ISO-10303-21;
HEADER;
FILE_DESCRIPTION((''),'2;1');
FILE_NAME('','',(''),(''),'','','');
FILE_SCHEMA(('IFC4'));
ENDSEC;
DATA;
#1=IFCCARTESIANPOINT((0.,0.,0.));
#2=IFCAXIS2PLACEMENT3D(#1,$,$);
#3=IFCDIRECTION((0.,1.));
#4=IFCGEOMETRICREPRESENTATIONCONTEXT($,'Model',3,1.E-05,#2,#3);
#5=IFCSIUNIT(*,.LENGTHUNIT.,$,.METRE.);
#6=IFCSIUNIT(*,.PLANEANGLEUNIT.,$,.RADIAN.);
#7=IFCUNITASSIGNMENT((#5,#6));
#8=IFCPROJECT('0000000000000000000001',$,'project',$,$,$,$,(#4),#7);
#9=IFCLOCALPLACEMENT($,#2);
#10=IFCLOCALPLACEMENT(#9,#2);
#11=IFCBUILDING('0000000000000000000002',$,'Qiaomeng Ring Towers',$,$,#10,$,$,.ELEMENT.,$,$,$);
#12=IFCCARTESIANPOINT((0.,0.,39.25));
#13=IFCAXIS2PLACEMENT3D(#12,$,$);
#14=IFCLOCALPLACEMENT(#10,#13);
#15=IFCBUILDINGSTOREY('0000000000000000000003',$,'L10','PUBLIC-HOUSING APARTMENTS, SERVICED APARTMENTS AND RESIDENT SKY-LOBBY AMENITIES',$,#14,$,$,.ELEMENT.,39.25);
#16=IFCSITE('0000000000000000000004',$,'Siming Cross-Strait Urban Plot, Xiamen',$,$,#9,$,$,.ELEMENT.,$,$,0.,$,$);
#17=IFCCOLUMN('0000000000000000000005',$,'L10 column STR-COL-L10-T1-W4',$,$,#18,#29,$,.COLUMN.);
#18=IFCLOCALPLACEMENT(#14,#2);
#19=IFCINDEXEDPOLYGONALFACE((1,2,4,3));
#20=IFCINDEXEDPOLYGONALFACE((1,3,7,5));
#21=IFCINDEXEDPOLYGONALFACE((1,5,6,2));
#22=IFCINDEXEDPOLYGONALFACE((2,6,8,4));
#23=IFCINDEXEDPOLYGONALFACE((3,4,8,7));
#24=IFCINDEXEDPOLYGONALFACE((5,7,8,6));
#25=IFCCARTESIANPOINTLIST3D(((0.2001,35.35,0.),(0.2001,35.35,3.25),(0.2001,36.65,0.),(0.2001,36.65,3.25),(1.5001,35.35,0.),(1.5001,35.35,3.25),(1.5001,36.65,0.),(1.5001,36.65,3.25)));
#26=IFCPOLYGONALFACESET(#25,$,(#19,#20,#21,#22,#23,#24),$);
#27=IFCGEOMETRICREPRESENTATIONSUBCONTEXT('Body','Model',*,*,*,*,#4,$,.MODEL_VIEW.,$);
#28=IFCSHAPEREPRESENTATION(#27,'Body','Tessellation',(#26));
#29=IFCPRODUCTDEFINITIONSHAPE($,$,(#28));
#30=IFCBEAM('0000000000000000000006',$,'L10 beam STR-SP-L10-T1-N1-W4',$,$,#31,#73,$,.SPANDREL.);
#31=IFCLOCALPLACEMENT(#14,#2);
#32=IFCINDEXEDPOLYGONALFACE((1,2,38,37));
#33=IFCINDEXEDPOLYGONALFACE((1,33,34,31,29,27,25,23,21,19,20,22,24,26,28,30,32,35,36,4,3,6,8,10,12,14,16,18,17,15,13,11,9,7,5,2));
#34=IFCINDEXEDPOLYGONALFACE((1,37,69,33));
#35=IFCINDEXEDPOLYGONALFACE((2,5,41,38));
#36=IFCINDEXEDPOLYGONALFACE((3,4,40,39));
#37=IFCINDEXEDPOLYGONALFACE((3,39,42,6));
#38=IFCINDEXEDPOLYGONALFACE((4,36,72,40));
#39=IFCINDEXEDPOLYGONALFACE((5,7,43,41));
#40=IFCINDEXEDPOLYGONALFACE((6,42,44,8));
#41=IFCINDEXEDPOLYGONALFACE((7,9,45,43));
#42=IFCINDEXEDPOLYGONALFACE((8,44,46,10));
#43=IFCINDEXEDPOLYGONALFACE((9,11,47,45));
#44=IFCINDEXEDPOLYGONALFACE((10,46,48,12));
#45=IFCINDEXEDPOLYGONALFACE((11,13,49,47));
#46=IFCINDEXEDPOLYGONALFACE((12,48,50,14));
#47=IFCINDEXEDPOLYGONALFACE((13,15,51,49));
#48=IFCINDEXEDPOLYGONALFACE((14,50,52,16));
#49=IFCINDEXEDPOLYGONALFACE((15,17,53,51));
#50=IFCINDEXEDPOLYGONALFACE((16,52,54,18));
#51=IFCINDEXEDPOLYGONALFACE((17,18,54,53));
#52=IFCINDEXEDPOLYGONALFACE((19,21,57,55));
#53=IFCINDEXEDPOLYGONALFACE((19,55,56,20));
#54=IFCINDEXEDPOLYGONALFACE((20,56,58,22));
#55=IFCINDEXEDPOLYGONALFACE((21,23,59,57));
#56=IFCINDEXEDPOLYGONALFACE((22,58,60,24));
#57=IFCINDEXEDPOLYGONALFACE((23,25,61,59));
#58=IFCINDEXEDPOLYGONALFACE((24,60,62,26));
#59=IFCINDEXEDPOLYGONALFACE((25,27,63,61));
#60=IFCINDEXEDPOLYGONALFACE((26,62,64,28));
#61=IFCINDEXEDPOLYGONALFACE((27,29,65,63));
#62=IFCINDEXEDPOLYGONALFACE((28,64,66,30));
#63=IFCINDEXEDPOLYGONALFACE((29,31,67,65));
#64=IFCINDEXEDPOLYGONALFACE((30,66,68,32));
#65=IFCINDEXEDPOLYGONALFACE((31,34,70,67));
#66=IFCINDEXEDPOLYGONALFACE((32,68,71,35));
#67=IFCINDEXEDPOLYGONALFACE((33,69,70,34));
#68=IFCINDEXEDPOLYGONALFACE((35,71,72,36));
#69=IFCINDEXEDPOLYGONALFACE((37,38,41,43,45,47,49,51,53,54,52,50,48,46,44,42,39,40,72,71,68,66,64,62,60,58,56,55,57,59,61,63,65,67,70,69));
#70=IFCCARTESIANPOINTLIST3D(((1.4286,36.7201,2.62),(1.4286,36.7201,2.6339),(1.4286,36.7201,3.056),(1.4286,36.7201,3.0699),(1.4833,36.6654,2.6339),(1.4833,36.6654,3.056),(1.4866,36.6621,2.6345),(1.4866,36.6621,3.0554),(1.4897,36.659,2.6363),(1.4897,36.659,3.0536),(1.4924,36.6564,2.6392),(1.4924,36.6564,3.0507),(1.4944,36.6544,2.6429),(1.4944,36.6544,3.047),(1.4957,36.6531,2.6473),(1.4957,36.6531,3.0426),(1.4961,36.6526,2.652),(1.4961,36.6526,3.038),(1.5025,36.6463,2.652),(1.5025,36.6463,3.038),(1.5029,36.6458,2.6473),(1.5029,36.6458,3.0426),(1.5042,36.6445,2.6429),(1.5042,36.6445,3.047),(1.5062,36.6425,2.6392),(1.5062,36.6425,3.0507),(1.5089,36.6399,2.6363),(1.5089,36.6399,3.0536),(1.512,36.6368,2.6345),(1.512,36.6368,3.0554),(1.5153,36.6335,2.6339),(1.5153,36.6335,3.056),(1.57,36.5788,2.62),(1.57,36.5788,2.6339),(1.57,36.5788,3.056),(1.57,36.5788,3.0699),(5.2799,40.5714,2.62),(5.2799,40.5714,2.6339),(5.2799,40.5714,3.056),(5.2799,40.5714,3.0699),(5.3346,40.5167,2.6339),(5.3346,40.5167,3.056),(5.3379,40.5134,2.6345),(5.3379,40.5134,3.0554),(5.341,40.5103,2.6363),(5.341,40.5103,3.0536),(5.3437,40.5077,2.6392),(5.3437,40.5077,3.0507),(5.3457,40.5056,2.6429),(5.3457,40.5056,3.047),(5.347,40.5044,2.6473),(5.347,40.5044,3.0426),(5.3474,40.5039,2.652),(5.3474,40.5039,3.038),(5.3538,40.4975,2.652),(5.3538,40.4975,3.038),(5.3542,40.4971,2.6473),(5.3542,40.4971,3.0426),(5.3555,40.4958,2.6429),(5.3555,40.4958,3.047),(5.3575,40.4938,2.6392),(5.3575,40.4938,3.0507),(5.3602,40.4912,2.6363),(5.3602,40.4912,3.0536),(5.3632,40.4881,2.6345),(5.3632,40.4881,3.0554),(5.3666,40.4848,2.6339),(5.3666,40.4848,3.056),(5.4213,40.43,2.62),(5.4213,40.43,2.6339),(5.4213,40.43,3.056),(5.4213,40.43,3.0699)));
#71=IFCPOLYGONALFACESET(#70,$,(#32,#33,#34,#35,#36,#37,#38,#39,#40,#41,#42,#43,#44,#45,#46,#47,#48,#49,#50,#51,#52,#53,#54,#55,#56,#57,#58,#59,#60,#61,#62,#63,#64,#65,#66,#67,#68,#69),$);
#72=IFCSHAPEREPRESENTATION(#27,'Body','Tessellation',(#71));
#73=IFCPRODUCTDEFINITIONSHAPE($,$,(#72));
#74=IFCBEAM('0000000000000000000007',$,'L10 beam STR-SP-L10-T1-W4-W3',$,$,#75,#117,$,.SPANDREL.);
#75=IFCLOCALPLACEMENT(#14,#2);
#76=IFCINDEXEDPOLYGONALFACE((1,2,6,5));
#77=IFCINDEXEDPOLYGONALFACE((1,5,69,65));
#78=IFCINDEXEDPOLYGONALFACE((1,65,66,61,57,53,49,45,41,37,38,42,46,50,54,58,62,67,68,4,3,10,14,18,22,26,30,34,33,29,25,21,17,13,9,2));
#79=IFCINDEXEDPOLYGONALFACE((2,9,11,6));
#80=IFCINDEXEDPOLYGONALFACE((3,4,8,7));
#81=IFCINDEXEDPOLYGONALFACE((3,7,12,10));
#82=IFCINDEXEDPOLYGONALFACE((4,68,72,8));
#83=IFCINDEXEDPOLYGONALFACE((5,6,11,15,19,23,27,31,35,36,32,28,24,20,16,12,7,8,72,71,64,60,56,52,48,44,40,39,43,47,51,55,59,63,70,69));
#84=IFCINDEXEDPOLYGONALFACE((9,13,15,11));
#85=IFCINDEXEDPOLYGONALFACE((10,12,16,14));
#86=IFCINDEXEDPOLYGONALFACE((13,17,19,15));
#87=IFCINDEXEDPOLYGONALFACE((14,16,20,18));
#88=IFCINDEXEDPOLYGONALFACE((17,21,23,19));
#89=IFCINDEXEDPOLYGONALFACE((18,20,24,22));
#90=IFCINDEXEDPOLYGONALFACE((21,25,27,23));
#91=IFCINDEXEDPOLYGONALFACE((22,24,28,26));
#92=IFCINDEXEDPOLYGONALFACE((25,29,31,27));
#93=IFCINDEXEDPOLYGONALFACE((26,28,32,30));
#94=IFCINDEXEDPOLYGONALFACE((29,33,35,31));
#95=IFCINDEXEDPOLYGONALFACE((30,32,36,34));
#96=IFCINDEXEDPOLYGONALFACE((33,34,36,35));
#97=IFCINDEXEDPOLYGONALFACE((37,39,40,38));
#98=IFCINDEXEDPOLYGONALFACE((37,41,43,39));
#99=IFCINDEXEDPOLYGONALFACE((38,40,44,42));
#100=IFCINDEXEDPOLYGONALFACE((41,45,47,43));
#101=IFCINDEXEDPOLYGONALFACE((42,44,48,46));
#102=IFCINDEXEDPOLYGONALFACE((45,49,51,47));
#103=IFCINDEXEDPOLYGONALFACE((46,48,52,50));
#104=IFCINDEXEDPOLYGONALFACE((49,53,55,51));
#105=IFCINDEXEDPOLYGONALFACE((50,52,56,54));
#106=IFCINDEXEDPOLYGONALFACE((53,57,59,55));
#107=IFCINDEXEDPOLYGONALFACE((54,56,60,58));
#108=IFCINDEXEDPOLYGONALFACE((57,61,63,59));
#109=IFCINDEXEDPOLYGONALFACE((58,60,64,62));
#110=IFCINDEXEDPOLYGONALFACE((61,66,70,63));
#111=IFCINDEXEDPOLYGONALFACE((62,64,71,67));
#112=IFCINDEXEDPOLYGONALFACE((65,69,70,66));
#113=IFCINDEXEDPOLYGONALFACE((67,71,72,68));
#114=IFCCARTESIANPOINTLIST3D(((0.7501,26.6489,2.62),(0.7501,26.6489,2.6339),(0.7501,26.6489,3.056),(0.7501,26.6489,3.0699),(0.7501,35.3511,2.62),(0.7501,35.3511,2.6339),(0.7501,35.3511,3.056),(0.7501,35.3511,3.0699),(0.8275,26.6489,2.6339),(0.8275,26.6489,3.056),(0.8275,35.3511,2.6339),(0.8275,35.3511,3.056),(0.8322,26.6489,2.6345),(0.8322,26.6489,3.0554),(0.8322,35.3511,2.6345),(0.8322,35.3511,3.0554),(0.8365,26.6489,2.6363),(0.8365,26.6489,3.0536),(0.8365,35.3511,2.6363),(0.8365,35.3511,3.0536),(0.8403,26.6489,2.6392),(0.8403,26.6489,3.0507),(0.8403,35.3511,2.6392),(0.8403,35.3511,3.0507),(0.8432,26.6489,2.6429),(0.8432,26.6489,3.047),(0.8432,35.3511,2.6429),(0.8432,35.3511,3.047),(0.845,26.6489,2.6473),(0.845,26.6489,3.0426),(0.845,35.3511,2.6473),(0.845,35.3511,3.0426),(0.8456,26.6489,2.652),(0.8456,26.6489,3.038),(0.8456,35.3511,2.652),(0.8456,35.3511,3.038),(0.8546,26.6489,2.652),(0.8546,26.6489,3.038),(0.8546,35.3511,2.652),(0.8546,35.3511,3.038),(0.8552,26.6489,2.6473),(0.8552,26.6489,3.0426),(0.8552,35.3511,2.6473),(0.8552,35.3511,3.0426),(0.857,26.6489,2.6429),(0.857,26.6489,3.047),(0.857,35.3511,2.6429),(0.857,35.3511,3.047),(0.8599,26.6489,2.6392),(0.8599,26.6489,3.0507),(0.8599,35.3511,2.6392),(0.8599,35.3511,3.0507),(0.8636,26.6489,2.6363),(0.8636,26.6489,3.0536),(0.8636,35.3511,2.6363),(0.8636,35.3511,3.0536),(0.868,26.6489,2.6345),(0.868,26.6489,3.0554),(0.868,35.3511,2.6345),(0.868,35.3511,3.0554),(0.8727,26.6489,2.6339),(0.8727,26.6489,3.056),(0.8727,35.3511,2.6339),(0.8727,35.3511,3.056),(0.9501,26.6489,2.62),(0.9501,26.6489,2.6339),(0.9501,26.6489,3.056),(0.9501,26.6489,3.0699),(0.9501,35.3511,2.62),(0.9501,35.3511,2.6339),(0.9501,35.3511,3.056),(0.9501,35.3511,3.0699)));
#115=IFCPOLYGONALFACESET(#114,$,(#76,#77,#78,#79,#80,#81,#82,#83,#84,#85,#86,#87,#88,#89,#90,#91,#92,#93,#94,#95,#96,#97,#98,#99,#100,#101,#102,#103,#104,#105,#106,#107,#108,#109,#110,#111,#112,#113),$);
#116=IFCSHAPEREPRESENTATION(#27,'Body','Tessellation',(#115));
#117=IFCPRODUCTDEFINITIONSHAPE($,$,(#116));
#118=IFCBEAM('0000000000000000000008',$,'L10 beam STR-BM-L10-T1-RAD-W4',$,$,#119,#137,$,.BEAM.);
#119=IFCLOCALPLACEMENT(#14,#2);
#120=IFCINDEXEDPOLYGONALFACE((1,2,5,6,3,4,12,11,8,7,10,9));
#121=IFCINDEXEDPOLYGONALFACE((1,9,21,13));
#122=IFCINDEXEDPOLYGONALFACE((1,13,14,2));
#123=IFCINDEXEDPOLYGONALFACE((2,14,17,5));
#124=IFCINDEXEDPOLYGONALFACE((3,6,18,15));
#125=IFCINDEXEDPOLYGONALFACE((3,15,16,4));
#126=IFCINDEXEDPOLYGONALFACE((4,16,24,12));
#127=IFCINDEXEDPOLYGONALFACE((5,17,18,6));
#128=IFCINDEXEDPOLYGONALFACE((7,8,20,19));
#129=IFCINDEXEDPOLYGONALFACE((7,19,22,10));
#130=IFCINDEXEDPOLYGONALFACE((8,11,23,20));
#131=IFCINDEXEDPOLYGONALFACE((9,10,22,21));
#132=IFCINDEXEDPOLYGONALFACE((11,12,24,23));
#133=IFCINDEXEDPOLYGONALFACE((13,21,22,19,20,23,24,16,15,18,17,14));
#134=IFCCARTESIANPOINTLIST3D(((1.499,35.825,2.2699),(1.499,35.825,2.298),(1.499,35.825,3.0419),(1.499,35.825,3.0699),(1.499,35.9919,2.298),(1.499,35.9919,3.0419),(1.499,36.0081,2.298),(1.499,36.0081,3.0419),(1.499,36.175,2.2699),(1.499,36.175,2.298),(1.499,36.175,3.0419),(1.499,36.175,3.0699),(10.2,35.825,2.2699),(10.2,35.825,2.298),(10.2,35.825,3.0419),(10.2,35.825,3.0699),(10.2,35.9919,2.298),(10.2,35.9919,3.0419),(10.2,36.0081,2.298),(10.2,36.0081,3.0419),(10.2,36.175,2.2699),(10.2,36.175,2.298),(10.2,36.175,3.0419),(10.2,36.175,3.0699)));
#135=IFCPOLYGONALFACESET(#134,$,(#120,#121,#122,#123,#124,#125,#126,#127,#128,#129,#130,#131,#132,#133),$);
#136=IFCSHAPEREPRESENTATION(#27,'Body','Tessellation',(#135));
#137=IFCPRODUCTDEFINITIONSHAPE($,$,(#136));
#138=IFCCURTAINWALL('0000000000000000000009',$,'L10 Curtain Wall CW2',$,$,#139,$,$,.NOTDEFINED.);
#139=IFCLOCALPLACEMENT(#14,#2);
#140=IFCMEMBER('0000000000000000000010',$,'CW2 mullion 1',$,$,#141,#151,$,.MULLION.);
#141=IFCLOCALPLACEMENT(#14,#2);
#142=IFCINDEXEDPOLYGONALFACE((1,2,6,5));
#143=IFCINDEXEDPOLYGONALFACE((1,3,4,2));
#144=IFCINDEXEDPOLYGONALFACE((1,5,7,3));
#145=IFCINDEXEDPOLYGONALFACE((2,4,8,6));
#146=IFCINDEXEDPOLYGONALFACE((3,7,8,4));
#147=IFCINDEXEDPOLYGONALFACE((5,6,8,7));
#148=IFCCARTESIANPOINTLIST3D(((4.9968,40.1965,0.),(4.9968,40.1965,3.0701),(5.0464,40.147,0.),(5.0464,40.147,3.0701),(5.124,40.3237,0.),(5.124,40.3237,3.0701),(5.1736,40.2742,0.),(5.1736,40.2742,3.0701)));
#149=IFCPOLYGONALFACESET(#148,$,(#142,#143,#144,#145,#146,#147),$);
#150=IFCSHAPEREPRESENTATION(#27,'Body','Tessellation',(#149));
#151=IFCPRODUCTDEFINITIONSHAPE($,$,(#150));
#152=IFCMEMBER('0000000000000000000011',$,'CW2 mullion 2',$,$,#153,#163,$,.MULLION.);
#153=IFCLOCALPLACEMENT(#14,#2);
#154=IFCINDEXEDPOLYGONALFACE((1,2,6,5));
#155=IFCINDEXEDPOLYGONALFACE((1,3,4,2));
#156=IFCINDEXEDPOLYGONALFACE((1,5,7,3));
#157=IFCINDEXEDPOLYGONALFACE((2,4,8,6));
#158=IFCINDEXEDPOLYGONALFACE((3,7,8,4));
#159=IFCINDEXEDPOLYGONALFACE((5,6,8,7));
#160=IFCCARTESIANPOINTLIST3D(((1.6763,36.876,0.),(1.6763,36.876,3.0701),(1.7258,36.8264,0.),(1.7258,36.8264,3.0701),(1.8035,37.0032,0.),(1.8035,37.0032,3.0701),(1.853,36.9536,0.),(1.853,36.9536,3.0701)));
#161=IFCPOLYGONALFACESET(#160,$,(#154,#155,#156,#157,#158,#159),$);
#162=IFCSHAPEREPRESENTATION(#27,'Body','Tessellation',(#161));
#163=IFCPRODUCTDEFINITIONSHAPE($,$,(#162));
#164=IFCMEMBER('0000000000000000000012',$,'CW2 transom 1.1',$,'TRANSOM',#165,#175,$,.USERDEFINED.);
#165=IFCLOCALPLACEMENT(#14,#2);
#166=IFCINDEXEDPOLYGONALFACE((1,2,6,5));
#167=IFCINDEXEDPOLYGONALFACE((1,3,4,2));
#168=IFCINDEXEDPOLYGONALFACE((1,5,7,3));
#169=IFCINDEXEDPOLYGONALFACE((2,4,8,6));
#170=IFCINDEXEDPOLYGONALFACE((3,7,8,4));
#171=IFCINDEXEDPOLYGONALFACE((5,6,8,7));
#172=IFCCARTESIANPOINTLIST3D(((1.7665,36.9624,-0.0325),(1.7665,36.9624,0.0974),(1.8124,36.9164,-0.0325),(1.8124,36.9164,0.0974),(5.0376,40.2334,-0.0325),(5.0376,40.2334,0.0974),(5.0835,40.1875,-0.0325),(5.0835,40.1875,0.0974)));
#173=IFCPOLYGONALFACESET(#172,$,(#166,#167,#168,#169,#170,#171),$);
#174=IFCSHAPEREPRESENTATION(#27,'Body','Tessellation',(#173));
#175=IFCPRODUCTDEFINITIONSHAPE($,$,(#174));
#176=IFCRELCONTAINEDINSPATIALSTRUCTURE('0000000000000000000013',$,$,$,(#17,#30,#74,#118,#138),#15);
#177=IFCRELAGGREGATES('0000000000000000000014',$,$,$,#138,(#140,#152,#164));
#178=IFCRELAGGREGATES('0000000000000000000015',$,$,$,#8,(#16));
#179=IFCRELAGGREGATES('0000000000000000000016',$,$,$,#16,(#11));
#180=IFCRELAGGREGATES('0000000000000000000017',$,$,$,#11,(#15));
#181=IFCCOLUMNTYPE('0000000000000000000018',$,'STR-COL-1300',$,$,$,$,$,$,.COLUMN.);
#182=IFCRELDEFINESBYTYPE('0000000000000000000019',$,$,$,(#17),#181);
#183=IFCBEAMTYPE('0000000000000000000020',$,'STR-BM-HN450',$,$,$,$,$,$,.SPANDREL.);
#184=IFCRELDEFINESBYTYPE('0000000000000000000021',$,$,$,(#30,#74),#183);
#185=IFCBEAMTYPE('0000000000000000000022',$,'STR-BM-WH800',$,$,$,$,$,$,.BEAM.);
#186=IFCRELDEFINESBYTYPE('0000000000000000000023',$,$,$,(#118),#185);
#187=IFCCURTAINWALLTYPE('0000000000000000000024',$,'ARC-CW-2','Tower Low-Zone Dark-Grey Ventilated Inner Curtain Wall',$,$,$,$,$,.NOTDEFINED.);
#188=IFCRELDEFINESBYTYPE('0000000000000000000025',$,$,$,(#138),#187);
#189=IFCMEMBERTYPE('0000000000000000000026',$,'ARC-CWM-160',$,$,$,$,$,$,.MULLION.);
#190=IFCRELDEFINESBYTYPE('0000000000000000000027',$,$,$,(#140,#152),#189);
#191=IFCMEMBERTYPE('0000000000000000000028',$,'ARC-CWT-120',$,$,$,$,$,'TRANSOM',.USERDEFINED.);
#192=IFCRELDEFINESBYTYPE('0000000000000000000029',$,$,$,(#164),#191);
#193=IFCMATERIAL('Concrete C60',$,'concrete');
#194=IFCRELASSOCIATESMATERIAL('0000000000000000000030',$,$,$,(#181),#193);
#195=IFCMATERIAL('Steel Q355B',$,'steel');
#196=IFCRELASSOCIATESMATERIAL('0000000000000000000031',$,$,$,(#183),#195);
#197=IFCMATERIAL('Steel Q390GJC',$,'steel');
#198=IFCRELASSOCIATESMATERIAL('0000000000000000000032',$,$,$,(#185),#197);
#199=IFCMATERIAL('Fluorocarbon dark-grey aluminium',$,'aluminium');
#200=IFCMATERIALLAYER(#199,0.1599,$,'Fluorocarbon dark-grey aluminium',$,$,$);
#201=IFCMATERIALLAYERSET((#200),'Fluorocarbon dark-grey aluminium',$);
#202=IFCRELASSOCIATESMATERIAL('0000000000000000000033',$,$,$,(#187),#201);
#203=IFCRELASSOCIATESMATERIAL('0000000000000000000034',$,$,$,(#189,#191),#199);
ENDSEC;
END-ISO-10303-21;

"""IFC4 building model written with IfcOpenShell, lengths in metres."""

from ifc_helpers import new_model, si_unit, direction, frame, origin, origin_2d, place, context, subcontext, project, spatial, rectangle, i_section, extrude, source, transform, mapped, material, layer, layer_set, material_profile, profile_set, type_object, element, aggregate, save


model = new_model("IFC4")

# Units and contexts
model_context = context("Model", 3, precision=1e-05, world=origin(), true_north=direction((0.0, 1.0)))
body_context = subcontext(model_context, "Body", "Model", "MODEL_VIEW")
ifc_project = project(units=[si_unit("LENGTHUNIT", "METRE"), si_unit("PLANEANGLEUNIT", "RADIAN")], contexts=[model_context])

# Site, building, storey
site_placement = place(None, origin())
site = spatial("IfcSite", under=ifc_project, at=site_placement, Name="Siming Cross-Strait Urban Plot, Xiamen", CompositionType="ELEMENT", RefElevation=0.0)
building_placement = place(site_placement, origin())
building = spatial("IfcBuilding", under=site, at=building_placement, Name="Qiaomeng Ring Towers", CompositionType="ELEMENT")
storey_placement = place(building_placement, frame((0.0, 0.0, 39.25)))
storey = spatial("IfcBuildingStorey", under=building, at=storey_placement, Name="L10", Description="PUBLIC-HOUSING APARTMENTS, SERVICED APARTMENTS AND RESIDENT SKY-LOBBY AMENITIES", CompositionType="ELEMENT", Elevation=39.25)

# Column
ifc_material_1 = material(Name="Concrete C60", Category="concrete")
ifc_material_profile_1 = material_profile(ifc_material_1, rectangle(XDim=1.3, YDim=1.3, at=origin_2d()), Name="RC COL 1300x1300")
ifc_profile_set_1 = profile_set([ifc_material_profile_1], Name="Concrete C60")
column_type = type_object("IfcColumnType", Name="STR-COL-1300", PredefinedType="COLUMN", material=ifc_profile_set_1)
shared_shape_1 = source(origin(), body_context, "Body", "SweptSolid", [
    extrude(rectangle(XDim=1.3, YDim=1.3, at=origin_2d()), origin(), (0.0, 0.0, 1.0), 3.25),
])
column_placement = place(storey_placement, frame((0.8501, 36.0, 0.0), z_axis=(0.0, 0.0, 1.0), x_axis=(1.0, 0.0, 0.0)))
element("IfcColumn", 1, at=column_placement, inside=storey, type_object=column_type, Name="L10 column STR-COL-L10-T1-W4", PredefinedType="COLUMN", context=body_context, shape_type="MappedRepresentation", body=[
    mapped(shared_shape_1, transform((0.0, 0.0, 0.0), x_axis=(1.0, 0.0, 0.0), y_axis=(0.0, 1.0, 0.0), z_axis=(0.0, 0.0, 1.0), scale=1.0)),
])

# Beams
ifc_material_2 = material(Name="Steel Q355B", Category="steel")
ifc_material_profile_2 = material_profile(ifc_material_2, i_section(OverallWidth=0.2, OverallDepth=0.45, WebThickness=0.009, FlangeThickness=0.0139, FilletRadius=0.0181, at=origin_2d()), Name="HN 450x200x9x14")
ifc_profile_set_2 = profile_set([ifc_material_profile_2], Name="Steel Q355B")
beam_type_1 = type_object("IfcBeamType", Name="STR-BM-HN450", PredefinedType="SPANDREL", material=ifc_profile_set_2)
shared_shape_2 = source(origin(), body_context, "Body", "SweptSolid", [
    extrude(i_section(OverallWidth=0.2, OverallDepth=0.45, WebThickness=0.009, FlangeThickness=0.0139, FilletRadius=0.0181, at=origin_2d()), origin(), (0.0, 0.0, 1.0), 5.4465),
])
beam_1_placement = place(storey_placement, frame((5.3506, 40.5007, 2.845), z_axis=(-0.707107, -0.707107, 0.0), x_axis=(0.707107, -0.707107, 0.0)))
element("IfcBeam", 2, at=beam_1_placement, inside=storey, type_object=beam_type_1, Name="L10 beam STR-SP-L10-T1-N1-W4", PredefinedType="SPANDREL", context=body_context, shape_type="MappedRepresentation", body=[
    mapped(shared_shape_2, transform((0.0, 0.0, 0.0), x_axis=(1.0, 0.0, 0.0), y_axis=(0.0, 1.0, 0.0), z_axis=(0.0, 0.0, 1.0), scale=1.0)),
])
shared_shape_3 = source(origin(), body_context, "Body", "SweptSolid", [
    extrude(i_section(OverallWidth=0.2, OverallDepth=0.45, WebThickness=0.009, FlangeThickness=0.0139, FilletRadius=0.0181, at=origin_2d()), origin(), (0.0, 0.0, 1.0), 8.7021),
])
beam_2_placement = place(storey_placement, frame((0.8501, 35.3511, 2.845), z_axis=(0.0, -1.0, 0.0), x_axis=(1.0, 0.0, 0.0)))
element("IfcBeam", 3, at=beam_2_placement, inside=storey, type_object=beam_type_1, Name="L10 beam STR-SP-L10-T1-W4-W3", PredefinedType="SPANDREL", context=body_context, shape_type="MappedRepresentation", body=[
    mapped(shared_shape_3, transform((0.0, 0.0, 0.0), x_axis=(1.0, 0.0, 0.0), y_axis=(0.0, 1.0, 0.0), z_axis=(0.0, 0.0, 1.0), scale=1.0)),
])
ifc_material_3 = material(Name="Steel Q390GJC", Category="steel")
ifc_material_profile_3 = material_profile(ifc_material_3, i_section(OverallWidth=0.3501, OverallDepth=0.8, WebThickness=0.0161, FlangeThickness=0.0281, at=origin_2d()), Name="WH 800x350x16x28")
ifc_profile_set_3 = profile_set([ifc_material_profile_3], Name="Steel Q390GJC")
beam_type_2 = type_object("IfcBeamType", Name="STR-BM-WH800", PredefinedType="BEAM", material=ifc_profile_set_3)
shared_shape_4 = source(origin(), body_context, "Body", "SweptSolid", [
    extrude(i_section(OverallWidth=0.3501, OverallDepth=0.8, WebThickness=0.0161, FlangeThickness=0.0281, at=origin_2d()), origin(), (0.0, 0.0, 1.0), 8.7009),
])
beam_3_placement = place(storey_placement, frame((1.499, 36.0, 2.6699), z_axis=(1.0, 0.0, 0.0), x_axis=(0.0, 1.0, 0.0)))
element("IfcBeam", 4, at=beam_3_placement, inside=storey, type_object=beam_type_2, Name="L10 beam STR-BM-L10-T1-RAD-W4", PredefinedType="BEAM", context=body_context, shape_type="MappedRepresentation", body=[
    mapped(shared_shape_4, transform((0.0, 0.0, 0.0), x_axis=(1.0, 0.0, 0.0), y_axis=(0.0, 1.0, 0.0), z_axis=(0.0, 0.0, 1.0), scale=1.0)),
])

# Curtain wall, members
ifc_material_4 = material(Name="Fluorocarbon dark-grey aluminium", Category="aluminium")
ifc_layer_1 = layer(ifc_material_4, 0.1599, Name="Fluorocarbon dark-grey aluminium")
ifc_layer_set_1 = layer_set([ifc_layer_1], Name="Fluorocarbon dark-grey aluminium")
curtain_wall_type = type_object("IfcCurtainWallType", Name="ARC-CW-2", Description="Tower Low-Zone Dark-Grey Ventilated Inner Curtain Wall", PredefinedType="NOTDEFINED", material=ifc_layer_set_1)
curtain_wall_placement = place(storey_placement, origin())
curtain_wall = element("IfcCurtainWall", 5, at=curtain_wall_placement, inside=storey, type_object=curtain_wall_type, Name="L10 Curtain Wall CW2", PredefinedType="NOTDEFINED")
ifc_material_profile_4 = material_profile(ifc_material_4, rectangle(XDim=0.0701, YDim=0.1799, at=origin_2d()), Name="ALU MULL 70x180")
ifc_profile_set_4 = profile_set([ifc_material_profile_4], Name="Fluorocarbon dark-grey aluminium")
member_type_1 = type_object("IfcMemberType", Name="ARC-CWM-160", PredefinedType="MULLION", material=ifc_profile_set_4)
shared_shape_5 = source(origin(), body_context, "Body", "SweptSolid", [
    extrude(rectangle(XDim=0.0701, YDim=0.1799, at=origin_2d()), origin(), (0.0, 0.0, 1.0), 3.0701),
])
member_1_placement = place(storey_placement, frame((5.0852, 40.2354, 0.0), z_axis=(0.0, 0.0, 1.0), x_axis=(0.707107, -0.707107, 0.0)))
member_1 = element("IfcMember", 6, at=member_1_placement, type_object=member_type_1, Name="CW2 mullion 1", PredefinedType="MULLION", context=body_context, shape_type="MappedRepresentation", body=[
    mapped(shared_shape_5, transform((0.0, 0.0, 0.0), x_axis=(1.0, 0.0, 0.0), y_axis=(0.0, 1.0, 0.0), z_axis=(0.0, 0.0, 1.0), scale=1.0)),
])
member_2_placement = place(storey_placement, frame((1.7646, 36.9148, 0.0), z_axis=(0.0, 0.0, 1.0), x_axis=(0.707107, -0.707107, 0.0)))
member_2 = element("IfcMember", 7, at=member_2_placement, type_object=member_type_1, Name="CW2 mullion 2", PredefinedType="MULLION", context=body_context, shape_type="MappedRepresentation", body=[
    mapped(shared_shape_5, transform((0.0, 0.0, 0.0), x_axis=(1.0, 0.0, 0.0), y_axis=(0.0, 1.0, 0.0), z_axis=(0.0, 0.0, 1.0), scale=1.0)),
])
ifc_material_profile_5 = material_profile(ifc_material_4, rectangle(XDim=0.0649, YDim=0.1299, at=origin_2d()), Name="ALU TRAN 65x130")
ifc_profile_set_5 = profile_set([ifc_material_profile_5], Name="Fluorocarbon dark-grey aluminium")
member_type_2 = type_object("IfcMemberType", Name="ARC-CWT-120", ElementType="TRANSOM", PredefinedType="USERDEFINED", material=ifc_profile_set_5)
shared_shape_6 = source(origin(), body_context, "Body", "SweptSolid", [
    extrude(rectangle(XDim=0.0649, YDim=0.1299, at=origin_2d()), origin(), (0.0, 0.0, 1.0), 4.626),
])
member_3_placement = place(storey_placement, frame((5.0605, 40.2104, 0.0325), z_axis=(-0.707107, -0.707107, 0.0), x_axis=(0.707107, -0.707107, 0.0)))
member_3 = element("IfcMember", 8, at=member_3_placement, type_object=member_type_2, Name="CW2 transom 1.1", ObjectType="TRANSOM", PredefinedType="USERDEFINED", context=body_context, shape_type="MappedRepresentation", body=[
    mapped(shared_shape_6, transform((0.0, 0.0, 0.0), x_axis=(1.0, 0.0, 0.0), y_axis=(0.0, 1.0, 0.0), z_axis=(0.0, 0.0, 1.0), scale=1.0)),
])
aggregate(curtain_wall, [member_1, member_2, member_3])

save(model, "model.ifc")
